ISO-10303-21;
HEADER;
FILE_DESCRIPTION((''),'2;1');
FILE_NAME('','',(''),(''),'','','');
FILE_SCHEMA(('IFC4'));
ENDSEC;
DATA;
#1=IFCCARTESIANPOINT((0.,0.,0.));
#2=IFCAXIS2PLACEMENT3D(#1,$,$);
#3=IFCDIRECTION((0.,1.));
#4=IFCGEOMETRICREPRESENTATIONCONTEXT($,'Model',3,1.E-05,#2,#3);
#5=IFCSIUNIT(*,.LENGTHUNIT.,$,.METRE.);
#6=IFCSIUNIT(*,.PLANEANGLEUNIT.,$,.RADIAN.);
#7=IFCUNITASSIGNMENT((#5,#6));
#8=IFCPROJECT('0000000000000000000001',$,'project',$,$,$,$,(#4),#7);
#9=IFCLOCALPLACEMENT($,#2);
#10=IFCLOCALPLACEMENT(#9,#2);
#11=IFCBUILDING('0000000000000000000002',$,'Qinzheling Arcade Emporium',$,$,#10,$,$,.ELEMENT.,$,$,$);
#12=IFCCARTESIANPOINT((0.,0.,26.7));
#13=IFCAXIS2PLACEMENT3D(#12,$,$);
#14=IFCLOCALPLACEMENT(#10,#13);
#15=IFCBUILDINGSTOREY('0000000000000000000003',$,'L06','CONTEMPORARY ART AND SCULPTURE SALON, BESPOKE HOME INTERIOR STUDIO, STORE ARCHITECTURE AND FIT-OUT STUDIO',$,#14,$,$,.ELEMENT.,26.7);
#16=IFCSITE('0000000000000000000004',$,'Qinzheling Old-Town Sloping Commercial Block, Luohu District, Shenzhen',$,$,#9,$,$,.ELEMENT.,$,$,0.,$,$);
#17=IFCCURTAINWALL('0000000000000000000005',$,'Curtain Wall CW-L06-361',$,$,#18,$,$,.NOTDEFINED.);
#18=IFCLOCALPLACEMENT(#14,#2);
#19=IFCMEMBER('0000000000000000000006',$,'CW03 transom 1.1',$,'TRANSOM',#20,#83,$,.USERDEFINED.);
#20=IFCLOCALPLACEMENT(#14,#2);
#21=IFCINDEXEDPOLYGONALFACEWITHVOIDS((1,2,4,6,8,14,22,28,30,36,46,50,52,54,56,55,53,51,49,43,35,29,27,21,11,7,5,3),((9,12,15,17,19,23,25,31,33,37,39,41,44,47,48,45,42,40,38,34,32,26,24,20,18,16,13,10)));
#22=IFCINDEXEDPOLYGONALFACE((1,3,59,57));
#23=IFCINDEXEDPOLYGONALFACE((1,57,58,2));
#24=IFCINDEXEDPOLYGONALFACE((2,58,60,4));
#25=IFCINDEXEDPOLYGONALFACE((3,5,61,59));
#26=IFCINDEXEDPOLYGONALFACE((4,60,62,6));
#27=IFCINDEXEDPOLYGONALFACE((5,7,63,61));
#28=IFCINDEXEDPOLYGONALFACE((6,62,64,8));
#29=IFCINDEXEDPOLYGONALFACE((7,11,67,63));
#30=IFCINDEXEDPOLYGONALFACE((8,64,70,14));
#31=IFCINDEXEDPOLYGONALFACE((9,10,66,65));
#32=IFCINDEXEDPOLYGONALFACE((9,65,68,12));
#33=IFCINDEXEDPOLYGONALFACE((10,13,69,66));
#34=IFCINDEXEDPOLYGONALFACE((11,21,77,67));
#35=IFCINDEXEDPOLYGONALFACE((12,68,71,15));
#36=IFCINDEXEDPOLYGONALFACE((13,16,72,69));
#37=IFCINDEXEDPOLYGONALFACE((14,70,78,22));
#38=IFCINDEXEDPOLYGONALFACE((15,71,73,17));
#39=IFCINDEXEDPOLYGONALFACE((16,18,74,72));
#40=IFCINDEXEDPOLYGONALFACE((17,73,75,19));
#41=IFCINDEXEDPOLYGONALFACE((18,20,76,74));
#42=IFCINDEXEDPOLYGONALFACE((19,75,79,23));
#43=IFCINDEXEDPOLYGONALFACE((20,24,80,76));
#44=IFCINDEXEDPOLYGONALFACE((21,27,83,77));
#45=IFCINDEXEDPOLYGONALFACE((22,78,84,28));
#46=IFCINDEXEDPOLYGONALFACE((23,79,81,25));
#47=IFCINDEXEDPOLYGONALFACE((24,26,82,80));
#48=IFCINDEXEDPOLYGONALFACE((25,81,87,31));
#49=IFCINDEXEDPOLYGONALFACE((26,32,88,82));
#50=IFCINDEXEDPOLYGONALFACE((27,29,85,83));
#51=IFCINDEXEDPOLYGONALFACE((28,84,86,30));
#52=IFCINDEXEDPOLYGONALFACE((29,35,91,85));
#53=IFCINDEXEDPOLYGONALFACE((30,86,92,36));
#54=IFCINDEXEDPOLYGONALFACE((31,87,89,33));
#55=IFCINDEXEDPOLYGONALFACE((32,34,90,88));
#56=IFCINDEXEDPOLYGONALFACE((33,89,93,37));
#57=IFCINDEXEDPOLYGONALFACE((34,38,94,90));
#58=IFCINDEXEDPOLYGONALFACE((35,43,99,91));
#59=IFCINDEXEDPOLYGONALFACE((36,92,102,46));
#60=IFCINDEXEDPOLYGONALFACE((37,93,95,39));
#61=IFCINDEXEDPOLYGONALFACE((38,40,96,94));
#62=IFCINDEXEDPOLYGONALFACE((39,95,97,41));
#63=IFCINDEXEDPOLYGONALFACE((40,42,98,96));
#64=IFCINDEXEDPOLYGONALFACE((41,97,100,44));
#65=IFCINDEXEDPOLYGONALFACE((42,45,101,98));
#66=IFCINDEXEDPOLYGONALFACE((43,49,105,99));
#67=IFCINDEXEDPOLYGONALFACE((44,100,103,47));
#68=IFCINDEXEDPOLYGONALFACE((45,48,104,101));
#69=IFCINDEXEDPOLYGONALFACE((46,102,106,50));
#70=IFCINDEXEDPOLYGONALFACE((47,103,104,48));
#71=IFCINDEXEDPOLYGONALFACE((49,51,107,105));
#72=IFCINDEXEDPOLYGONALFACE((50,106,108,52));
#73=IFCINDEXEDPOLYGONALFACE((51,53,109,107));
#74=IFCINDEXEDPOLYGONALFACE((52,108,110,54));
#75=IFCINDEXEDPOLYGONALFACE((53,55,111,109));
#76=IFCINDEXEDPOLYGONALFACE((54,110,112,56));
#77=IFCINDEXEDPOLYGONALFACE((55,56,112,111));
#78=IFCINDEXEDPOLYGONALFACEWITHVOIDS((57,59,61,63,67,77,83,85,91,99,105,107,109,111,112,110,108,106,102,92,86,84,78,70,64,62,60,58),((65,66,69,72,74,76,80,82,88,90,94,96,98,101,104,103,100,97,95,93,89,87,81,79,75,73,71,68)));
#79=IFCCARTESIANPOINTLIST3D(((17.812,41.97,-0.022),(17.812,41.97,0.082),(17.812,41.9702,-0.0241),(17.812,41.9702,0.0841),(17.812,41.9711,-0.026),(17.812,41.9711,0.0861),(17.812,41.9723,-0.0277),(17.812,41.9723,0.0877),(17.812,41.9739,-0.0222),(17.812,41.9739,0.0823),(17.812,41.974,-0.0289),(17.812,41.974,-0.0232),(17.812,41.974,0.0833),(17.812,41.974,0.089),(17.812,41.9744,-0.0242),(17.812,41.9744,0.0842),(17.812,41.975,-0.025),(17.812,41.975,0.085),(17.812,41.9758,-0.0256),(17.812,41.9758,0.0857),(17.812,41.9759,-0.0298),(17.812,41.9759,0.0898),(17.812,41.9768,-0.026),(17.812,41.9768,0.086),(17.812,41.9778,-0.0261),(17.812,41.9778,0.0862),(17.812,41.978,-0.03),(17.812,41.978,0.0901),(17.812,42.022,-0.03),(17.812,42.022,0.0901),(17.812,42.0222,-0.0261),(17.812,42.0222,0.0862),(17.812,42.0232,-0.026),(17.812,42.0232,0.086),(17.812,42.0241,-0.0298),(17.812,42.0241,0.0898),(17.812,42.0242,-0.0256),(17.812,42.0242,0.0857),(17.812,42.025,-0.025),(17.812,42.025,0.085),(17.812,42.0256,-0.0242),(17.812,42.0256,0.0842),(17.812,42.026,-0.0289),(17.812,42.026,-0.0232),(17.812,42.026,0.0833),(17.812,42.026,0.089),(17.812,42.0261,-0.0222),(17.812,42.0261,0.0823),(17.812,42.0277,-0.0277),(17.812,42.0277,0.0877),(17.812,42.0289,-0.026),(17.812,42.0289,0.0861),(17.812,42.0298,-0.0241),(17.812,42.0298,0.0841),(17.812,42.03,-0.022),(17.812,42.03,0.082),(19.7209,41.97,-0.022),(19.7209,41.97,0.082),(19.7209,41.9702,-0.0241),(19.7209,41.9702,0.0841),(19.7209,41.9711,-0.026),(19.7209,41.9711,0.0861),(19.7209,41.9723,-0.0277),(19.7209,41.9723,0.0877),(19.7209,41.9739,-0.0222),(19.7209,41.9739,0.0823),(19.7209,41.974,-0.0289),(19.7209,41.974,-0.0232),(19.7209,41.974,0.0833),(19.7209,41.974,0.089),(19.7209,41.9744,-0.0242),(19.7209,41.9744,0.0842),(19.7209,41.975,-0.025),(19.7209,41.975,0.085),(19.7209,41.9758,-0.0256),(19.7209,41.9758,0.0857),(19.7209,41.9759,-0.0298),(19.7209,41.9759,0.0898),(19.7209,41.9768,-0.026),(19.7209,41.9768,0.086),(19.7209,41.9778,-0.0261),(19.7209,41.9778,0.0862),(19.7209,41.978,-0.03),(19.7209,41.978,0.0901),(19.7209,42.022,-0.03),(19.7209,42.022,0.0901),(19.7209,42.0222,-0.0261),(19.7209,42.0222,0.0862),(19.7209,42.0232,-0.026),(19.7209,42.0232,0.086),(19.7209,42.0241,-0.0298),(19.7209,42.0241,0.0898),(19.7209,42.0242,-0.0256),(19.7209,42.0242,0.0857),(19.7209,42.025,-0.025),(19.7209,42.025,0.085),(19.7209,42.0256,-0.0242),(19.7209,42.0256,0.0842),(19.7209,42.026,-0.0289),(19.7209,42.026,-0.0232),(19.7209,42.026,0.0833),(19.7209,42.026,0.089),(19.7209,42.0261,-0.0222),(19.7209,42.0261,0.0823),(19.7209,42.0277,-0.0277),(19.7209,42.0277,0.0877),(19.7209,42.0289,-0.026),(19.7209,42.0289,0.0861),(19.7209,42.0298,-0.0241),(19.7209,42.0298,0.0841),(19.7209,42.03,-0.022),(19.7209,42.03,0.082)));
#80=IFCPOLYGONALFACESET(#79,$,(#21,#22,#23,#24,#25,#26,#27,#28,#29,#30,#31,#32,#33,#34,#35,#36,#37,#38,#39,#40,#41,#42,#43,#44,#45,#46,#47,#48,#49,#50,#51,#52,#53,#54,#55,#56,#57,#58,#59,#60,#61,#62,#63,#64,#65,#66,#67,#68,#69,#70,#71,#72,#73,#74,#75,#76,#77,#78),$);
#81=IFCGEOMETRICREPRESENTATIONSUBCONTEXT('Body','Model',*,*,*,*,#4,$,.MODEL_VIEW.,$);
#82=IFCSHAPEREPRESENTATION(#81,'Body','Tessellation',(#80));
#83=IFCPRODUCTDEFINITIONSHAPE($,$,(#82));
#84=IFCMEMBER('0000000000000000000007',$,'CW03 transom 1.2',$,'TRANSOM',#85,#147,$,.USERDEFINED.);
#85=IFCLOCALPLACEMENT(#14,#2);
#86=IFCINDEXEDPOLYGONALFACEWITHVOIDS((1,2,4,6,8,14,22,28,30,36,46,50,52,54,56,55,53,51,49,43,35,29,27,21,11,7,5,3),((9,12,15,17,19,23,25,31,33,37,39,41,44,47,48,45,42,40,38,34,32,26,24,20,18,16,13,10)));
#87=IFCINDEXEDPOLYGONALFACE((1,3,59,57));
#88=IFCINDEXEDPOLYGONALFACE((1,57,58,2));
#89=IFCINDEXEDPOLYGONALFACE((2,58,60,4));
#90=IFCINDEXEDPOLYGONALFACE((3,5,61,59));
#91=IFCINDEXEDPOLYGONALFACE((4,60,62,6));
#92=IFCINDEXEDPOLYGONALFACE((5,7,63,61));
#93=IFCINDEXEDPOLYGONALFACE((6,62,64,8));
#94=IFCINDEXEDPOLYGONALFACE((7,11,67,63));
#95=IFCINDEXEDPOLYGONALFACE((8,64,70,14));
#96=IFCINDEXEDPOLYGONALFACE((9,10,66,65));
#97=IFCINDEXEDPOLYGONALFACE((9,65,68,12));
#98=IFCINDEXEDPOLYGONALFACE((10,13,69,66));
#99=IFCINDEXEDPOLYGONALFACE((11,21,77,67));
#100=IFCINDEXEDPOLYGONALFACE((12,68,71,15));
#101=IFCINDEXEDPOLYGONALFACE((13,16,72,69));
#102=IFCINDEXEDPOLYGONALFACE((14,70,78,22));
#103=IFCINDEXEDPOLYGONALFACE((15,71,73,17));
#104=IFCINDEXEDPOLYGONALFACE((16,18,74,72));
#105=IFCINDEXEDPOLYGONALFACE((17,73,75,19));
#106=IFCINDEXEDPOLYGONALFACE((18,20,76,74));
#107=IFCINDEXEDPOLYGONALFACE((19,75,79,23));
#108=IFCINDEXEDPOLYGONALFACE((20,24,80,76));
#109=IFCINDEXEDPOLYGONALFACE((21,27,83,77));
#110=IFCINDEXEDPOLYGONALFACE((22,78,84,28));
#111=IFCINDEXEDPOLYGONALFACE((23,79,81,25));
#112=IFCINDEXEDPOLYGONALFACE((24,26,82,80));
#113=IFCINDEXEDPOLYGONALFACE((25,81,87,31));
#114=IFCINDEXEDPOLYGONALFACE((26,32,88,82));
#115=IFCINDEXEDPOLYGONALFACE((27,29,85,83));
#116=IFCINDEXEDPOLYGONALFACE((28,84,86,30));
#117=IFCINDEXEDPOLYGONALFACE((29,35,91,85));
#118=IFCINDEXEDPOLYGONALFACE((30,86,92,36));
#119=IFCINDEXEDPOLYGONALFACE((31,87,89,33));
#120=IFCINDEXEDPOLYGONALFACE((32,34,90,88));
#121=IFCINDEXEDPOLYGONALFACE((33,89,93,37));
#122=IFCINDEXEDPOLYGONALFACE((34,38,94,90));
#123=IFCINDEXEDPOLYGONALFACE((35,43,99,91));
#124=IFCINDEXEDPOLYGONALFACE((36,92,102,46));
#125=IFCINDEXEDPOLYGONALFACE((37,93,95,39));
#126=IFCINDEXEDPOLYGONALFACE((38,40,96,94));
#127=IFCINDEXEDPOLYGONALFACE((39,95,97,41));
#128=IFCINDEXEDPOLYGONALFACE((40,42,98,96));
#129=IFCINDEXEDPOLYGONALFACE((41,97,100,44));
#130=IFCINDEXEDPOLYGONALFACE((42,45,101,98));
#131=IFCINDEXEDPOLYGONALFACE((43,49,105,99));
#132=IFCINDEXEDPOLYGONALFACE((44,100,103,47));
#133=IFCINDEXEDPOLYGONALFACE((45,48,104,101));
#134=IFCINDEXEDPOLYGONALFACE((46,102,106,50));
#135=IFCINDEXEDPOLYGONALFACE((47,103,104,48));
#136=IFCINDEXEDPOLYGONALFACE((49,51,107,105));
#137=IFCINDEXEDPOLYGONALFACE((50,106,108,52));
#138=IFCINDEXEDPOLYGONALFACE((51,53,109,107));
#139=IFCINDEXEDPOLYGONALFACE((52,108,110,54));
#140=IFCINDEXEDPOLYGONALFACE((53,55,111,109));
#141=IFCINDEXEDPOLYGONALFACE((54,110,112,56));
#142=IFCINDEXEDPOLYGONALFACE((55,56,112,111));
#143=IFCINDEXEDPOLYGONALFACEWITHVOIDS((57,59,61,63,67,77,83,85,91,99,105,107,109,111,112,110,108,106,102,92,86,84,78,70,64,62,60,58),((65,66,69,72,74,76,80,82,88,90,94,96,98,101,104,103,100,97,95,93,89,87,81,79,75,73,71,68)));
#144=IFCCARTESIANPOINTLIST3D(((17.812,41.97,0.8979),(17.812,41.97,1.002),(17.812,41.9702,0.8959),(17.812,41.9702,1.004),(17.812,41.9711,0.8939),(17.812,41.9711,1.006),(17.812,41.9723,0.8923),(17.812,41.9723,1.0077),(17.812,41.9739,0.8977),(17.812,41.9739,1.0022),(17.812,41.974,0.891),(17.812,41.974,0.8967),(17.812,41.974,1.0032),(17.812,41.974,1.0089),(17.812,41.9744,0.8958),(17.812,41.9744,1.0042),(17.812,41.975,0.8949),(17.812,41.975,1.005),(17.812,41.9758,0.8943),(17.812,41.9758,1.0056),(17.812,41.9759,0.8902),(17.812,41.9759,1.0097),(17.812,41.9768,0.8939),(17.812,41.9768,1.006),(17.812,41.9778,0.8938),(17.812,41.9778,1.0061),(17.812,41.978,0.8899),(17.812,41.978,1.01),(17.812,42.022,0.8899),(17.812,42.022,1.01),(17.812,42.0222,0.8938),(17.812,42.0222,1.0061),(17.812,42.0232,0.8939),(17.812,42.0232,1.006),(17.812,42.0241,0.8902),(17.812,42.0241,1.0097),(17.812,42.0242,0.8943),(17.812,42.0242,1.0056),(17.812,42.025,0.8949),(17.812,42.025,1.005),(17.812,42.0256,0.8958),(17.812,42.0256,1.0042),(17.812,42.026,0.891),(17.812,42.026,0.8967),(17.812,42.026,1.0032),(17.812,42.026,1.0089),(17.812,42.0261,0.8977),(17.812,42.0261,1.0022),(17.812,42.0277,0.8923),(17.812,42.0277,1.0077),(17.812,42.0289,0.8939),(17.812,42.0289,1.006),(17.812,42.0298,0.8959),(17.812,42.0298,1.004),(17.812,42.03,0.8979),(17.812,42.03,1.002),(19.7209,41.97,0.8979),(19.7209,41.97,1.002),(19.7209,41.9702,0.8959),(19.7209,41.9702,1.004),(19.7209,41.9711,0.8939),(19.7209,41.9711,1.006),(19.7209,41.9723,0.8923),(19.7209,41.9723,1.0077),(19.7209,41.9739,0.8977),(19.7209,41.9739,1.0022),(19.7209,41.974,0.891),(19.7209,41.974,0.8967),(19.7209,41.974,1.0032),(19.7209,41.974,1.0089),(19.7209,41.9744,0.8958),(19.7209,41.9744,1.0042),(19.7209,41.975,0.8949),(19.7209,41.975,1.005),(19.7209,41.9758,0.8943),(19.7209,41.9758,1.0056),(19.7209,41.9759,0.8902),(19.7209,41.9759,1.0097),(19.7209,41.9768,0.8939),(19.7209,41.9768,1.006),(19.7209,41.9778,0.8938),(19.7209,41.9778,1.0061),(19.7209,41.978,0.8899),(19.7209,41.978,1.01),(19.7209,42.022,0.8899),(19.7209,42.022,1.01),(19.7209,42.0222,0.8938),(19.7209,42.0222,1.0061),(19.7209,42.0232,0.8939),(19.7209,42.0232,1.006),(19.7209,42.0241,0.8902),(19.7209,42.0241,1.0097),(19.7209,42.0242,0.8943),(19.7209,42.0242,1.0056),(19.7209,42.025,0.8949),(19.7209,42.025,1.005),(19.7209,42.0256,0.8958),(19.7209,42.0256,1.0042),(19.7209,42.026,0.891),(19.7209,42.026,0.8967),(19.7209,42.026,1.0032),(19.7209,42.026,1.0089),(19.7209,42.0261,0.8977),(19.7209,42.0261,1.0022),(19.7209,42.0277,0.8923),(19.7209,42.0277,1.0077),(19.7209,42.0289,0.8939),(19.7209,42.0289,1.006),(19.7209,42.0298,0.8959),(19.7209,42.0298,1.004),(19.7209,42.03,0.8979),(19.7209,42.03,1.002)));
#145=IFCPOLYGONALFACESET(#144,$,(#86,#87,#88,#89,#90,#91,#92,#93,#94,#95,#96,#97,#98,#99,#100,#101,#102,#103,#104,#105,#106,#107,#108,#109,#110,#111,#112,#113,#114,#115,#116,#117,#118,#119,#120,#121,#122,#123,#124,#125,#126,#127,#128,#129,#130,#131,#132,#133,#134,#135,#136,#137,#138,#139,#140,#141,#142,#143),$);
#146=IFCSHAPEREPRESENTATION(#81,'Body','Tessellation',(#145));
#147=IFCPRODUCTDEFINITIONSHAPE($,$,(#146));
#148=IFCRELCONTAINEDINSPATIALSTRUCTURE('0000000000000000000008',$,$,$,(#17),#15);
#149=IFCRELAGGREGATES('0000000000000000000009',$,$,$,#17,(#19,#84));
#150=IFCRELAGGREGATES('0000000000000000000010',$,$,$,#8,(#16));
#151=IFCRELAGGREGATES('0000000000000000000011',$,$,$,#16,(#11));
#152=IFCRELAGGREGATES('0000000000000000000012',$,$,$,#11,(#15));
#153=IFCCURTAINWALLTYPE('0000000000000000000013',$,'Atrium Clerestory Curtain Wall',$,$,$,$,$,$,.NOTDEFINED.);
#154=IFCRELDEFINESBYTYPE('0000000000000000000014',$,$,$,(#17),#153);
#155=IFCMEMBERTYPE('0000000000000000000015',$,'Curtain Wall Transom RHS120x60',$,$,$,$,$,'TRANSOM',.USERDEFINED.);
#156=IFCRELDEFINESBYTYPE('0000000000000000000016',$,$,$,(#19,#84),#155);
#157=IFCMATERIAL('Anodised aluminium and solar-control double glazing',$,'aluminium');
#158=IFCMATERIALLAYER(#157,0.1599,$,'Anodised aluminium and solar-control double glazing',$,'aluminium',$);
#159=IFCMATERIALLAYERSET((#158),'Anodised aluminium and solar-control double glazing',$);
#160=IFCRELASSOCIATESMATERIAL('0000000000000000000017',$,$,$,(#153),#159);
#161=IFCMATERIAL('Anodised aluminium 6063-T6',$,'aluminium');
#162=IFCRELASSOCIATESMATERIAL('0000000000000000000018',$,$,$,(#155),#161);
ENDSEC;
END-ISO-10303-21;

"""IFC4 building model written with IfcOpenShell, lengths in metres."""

from ifc_helpers import new_model, si_unit, direction, frame, origin, origin_2d, place, context, subcontext, project, spatial, hollow_rectangle, extrude, material, layer, layer_set, material_profile, profile_set, type_object, element, aggregate, save


model = new_model("IFC4")

# Units and contexts
model_context = context("Model", 3, precision=1e-05, world=origin(), true_north=direction((0.0, 1.0)))
body_context = subcontext(model_context, "Body", "Model", "MODEL_VIEW")
ifc_project = project(units=[si_unit("LENGTHUNIT", "METRE"), si_unit("PLANEANGLEUNIT", "RADIAN")], contexts=[model_context])

# Site, building, storey
site_placement = place(None, origin())
site = spatial("IfcSite", under=ifc_project, at=site_placement, Name="Qinzheling Old-Town Sloping Commercial Block, Luohu District, Shenzhen", CompositionType="ELEMENT", RefElevation=0.0)
building_placement = place(site_placement, origin())
building = spatial("IfcBuilding", under=site, at=building_placement, Name="Qinzheling Arcade Emporium", CompositionType="ELEMENT")
storey_placement = place(building_placement, frame((0.0, 0.0, 26.7)))
storey = spatial("IfcBuildingStorey", under=building, at=storey_placement, Name="L06", Description="CONTEMPORARY ART AND SCULPTURE SALON, BESPOKE HOME INTERIOR STUDIO, STORE ARCHITECTURE AND FIT-OUT STUDIO", CompositionType="ELEMENT", Elevation=26.7)

# Curtain wall, members
ifc_material_1 = material(Name="Anodised aluminium and solar-control double glazing", Category="aluminium")
ifc_layer_1 = layer(ifc_material_1, 0.1599, Name="Anodised aluminium and solar-control double glazing", Category="aluminium")
ifc_layer_set_1 = layer_set([ifc_layer_1], Name="Anodised aluminium and solar-control double glazing")
curtain_wall_type = type_object("IfcCurtainWallType", Name="Atrium Clerestory Curtain Wall", PredefinedType="NOTDEFINED", material=ifc_layer_set_1)
curtain_wall_placement = place(storey_placement, origin())
curtain_wall = element("IfcCurtainWall", 1, at=curtain_wall_placement, inside=storey, type_object=curtain_wall_type, Name="Curtain Wall CW-L06-361", PredefinedType="NOTDEFINED")
ifc_material_2 = material(Name="Anodised aluminium 6063-T6", Category="aluminium")
ifc_material_profile_1 = material_profile(ifc_material_2, hollow_rectangle(XDim=0.0601, YDim=0.1201, WallThickness=0.0039, InnerFilletRadius=0.0039, OuterFilletRadius=0.0081, at=origin_2d()), Name="RHS 120x60x4", Category="aluminium")
ifc_profile_set_1 = profile_set([ifc_material_profile_1], Name="Anodised aluminium 6063-T6")
member_type_1 = type_object("IfcMemberType", Name="Curtain Wall Transom RHS120x60", ElementType="TRANSOM", PredefinedType="USERDEFINED", material=ifc_profile_set_1)
member_1_placement = place(storey_placement, frame((17.812, 42.0, 0.03), z_axis=(1.0, 0.0, 0.0), x_axis=(0.0, 1.0, 0.0)))
member_1 = element("IfcMember", 2, at=member_1_placement, type_object=member_type_1, Name="CW03 transom 1.1", ObjectType="TRANSOM", PredefinedType="USERDEFINED", context=body_context, shape_type="SweptSolid", body=[
    extrude(hollow_rectangle(XDim=0.0601, YDim=0.1201, WallThickness=0.0039, InnerFilletRadius=0.0039, OuterFilletRadius=0.0081, at=origin_2d()), origin(), (0.0, 0.0, 1.0), 1.9089),
])
member_2_placement = place(storey_placement, frame((17.812, 42.0, 0.95), z_axis=(1.0, 0.0, 0.0), x_axis=(0.0, 1.0, 0.0)))
member_2 = element("IfcMember", 3, at=member_2_placement, type_object=member_type_1, Name="CW03 transom 1.2", ObjectType="TRANSOM", PredefinedType="USERDEFINED", context=body_context, shape_type="SweptSolid", body=[
    extrude(hollow_rectangle(XDim=0.0601, YDim=0.1201, WallThickness=0.0039, InnerFilletRadius=0.0039, OuterFilletRadius=0.0081, at=origin_2d()), origin(), (0.0, 0.0, 1.0), 1.9089),
])

aggregate(curtain_wall, [member_1, member_2])

save(model, "model.ifc")
